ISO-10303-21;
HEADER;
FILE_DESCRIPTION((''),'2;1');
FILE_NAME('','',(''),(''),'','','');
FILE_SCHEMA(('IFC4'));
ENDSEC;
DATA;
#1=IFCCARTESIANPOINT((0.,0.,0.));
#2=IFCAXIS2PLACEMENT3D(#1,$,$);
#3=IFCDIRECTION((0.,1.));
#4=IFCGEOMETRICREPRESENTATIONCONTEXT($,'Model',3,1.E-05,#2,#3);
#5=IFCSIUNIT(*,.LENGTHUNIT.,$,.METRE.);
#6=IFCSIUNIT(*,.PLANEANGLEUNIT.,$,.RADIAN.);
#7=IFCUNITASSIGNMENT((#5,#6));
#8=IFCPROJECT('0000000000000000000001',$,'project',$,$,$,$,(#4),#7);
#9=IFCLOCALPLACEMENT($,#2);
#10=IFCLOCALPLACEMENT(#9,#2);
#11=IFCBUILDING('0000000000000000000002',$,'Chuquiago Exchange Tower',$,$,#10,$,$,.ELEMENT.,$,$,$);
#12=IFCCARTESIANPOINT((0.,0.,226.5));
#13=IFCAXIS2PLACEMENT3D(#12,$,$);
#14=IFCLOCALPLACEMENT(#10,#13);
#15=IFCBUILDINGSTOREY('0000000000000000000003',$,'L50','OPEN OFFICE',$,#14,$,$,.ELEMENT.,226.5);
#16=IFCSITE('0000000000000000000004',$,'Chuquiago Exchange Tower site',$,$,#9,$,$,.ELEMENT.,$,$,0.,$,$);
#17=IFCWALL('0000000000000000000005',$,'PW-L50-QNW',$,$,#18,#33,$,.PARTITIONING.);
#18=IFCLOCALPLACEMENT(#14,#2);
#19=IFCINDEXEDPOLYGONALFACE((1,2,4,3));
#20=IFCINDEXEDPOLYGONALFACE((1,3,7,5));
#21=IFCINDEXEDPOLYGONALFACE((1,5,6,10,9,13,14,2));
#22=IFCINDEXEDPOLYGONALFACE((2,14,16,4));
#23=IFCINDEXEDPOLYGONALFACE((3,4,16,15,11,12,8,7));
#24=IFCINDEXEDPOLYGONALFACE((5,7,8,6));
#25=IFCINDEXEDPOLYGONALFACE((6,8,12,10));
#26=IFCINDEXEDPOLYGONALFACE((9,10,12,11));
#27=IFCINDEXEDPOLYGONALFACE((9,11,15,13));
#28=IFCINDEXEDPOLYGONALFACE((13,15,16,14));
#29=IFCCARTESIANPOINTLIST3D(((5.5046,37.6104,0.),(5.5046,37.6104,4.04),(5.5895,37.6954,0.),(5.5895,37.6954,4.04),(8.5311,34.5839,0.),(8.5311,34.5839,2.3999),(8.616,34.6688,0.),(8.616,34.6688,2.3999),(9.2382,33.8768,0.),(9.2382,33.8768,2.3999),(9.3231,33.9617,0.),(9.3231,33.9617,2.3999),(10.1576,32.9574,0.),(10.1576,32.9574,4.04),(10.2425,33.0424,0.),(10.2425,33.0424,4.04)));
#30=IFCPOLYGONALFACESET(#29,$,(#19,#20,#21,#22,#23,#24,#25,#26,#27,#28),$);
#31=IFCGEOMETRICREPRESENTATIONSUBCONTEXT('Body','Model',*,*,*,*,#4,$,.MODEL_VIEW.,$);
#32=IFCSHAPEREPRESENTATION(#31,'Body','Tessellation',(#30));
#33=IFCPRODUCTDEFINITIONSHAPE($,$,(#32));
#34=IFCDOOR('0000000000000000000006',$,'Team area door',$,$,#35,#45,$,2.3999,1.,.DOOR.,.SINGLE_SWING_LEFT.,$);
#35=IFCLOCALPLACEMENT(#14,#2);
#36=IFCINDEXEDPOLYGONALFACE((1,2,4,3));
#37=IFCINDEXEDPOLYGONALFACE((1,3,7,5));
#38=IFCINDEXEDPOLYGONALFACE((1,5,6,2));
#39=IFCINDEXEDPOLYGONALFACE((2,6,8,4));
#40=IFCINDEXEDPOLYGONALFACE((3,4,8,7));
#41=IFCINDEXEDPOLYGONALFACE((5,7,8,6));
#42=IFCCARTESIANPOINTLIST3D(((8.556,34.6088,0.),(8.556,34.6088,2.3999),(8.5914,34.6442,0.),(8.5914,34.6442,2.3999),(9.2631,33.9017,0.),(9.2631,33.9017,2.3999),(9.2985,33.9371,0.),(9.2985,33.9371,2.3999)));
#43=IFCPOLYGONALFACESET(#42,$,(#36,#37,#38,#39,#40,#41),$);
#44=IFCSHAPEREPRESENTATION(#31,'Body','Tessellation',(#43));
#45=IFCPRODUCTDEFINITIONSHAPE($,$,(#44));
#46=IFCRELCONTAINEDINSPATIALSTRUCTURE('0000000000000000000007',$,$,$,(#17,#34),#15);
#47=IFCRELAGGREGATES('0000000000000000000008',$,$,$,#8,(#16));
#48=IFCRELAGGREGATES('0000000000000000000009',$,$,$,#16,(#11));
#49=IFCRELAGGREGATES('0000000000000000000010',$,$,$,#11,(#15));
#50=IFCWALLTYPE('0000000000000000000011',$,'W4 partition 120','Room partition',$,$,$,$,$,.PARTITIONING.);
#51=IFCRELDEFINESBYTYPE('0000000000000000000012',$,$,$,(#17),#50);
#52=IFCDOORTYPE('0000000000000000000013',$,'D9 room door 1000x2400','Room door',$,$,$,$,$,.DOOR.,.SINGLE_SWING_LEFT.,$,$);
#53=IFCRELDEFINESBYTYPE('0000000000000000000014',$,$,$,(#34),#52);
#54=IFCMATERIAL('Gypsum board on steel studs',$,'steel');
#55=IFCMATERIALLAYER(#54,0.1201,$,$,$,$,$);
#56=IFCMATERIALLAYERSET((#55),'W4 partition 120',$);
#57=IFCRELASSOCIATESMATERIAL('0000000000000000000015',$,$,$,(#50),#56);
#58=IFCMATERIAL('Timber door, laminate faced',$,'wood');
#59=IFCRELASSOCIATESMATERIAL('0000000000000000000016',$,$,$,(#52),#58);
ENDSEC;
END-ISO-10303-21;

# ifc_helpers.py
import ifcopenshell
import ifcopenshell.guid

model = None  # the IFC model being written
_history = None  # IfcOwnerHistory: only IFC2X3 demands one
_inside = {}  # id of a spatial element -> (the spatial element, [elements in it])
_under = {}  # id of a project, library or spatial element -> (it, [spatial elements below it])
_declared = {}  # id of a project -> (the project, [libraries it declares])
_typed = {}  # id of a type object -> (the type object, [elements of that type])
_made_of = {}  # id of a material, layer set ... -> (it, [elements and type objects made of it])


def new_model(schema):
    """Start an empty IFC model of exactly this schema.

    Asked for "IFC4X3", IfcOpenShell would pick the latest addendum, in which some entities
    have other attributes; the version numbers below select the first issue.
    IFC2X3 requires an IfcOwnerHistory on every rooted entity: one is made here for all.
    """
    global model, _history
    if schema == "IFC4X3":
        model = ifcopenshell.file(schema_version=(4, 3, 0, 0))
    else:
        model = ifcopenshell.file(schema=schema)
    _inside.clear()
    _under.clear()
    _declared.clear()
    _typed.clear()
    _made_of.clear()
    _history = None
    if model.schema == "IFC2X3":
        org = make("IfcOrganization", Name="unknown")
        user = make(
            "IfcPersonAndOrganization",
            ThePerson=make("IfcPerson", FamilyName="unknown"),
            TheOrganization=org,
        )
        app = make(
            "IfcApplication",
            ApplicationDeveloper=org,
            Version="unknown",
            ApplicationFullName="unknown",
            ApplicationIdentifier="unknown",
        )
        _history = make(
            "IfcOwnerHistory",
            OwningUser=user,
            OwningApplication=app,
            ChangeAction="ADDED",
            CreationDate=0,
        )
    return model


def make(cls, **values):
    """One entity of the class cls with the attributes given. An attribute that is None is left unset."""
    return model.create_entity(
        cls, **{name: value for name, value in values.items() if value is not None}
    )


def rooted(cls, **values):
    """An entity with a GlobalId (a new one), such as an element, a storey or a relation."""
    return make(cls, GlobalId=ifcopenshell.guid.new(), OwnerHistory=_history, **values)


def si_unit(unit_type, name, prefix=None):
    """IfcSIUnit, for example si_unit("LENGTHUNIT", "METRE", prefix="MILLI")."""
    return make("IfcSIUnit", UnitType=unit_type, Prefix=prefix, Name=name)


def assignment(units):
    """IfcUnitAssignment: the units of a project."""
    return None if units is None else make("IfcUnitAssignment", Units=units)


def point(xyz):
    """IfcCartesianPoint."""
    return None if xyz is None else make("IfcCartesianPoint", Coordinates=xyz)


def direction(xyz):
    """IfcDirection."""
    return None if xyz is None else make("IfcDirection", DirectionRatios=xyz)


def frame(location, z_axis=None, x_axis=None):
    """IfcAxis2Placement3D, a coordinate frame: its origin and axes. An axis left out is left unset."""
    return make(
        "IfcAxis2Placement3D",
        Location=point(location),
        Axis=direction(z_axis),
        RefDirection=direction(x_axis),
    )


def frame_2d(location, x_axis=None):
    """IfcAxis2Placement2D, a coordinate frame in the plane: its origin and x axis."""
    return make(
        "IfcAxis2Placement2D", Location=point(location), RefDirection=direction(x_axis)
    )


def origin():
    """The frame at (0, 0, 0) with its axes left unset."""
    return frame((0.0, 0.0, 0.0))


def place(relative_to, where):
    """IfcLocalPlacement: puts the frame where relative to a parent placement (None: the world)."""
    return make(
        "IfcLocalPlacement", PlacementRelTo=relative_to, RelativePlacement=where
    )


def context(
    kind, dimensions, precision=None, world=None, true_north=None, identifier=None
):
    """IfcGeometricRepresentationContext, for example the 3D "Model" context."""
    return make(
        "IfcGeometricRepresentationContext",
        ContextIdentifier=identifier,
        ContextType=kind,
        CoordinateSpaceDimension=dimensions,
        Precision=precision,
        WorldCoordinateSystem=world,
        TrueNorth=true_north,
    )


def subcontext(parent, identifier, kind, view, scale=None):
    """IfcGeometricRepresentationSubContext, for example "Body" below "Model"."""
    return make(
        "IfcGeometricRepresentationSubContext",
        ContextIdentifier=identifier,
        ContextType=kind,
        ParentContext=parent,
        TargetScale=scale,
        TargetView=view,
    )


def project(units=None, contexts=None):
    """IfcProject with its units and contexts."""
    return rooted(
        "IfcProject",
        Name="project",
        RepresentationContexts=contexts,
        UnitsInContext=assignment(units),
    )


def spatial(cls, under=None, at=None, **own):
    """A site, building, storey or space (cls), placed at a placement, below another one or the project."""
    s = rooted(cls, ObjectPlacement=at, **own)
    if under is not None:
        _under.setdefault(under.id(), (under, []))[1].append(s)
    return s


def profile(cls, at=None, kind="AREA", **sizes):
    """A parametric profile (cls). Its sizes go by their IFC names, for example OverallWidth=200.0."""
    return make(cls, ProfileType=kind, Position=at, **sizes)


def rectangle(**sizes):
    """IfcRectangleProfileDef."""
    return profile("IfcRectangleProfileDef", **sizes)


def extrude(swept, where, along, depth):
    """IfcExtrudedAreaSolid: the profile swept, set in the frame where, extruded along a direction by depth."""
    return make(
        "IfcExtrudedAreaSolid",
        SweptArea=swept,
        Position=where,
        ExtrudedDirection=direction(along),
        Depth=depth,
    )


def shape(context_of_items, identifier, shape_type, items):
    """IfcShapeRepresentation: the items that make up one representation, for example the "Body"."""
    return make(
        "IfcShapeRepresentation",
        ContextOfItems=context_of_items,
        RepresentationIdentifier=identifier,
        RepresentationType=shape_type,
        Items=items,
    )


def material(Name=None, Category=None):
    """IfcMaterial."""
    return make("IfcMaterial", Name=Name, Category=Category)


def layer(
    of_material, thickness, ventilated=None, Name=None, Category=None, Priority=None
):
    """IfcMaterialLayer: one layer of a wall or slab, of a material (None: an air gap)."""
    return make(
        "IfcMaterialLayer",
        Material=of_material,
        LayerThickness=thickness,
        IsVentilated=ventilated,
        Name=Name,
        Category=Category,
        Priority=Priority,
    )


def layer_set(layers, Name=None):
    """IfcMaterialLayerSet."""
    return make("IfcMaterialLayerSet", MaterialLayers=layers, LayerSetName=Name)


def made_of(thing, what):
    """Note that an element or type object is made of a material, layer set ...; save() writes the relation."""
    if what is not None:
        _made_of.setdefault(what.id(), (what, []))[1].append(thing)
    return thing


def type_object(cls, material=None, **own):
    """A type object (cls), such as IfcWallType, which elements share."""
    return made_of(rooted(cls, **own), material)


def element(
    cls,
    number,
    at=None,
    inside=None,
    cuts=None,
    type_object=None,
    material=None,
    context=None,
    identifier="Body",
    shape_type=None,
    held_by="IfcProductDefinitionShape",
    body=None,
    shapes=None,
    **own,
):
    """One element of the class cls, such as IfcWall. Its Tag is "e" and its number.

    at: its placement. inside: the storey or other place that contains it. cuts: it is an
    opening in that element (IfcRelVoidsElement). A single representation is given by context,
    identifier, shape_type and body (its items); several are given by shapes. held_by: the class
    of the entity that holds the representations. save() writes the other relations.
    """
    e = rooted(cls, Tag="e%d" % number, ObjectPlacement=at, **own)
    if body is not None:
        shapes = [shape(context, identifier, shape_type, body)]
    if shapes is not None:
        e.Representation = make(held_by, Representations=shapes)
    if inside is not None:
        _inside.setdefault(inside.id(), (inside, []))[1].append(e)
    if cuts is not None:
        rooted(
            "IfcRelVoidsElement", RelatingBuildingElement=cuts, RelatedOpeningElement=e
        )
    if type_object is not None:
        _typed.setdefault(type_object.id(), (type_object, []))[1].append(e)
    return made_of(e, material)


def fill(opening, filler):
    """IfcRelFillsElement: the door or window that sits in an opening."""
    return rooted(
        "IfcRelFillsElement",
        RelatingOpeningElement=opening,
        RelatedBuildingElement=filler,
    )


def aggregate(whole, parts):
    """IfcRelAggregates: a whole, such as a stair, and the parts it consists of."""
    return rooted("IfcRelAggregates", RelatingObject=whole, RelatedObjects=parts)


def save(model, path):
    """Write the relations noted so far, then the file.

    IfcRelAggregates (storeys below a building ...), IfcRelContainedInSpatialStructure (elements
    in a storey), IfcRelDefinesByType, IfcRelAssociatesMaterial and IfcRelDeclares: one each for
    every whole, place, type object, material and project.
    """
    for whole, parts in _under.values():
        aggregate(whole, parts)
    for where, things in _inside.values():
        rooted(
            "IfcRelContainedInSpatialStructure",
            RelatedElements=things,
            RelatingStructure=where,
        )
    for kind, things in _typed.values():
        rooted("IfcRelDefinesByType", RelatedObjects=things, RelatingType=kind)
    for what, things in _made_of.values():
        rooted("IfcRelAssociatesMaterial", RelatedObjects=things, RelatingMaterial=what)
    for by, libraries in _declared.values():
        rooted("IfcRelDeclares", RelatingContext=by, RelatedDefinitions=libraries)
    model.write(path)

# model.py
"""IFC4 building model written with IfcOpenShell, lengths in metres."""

from ifc_helpers import new_model, si_unit, direction, frame, frame_2d, origin, place, context, subcontext, project, spatial, rectangle, extrude, material, layer, layer_set, type_object, element, fill, save


model = new_model("IFC4")

# Units and contexts
model_context = context("Model", 3, precision=1e-05, world=origin(), true_north=direction((0.0, 1.0)))
body_context = subcontext(model_context, "Body", "Model", "MODEL_VIEW")
ifc_project = project(units=[si_unit("LENGTHUNIT", "METRE"), si_unit("PLANEANGLEUNIT", "RADIAN")], contexts=[model_context])

# Site, building, storey
site_placement = place(None, origin())
site = spatial("IfcSite", under=ifc_project, at=site_placement, Name="Chuquiago Exchange Tower site", CompositionType="ELEMENT", RefElevation=0.0)
building_placement = place(site_placement, origin())
building = spatial("IfcBuilding", under=site, at=building_placement, Name="Chuquiago Exchange Tower", CompositionType="ELEMENT")
storey_placement = place(building_placement, frame((0.0, 0.0, 226.5)))
storey = spatial("IfcBuildingStorey", under=building, at=storey_placement, Name="L50", Description="OPEN OFFICE", CompositionType="ELEMENT", Elevation=226.5)

# Shared definitions
ifc_material_1 = material(Name="Gypsum board on steel studs", Category="steel")
ifc_layer_1 = layer(ifc_material_1, 0.1201)
ifc_layer_set_1 = layer_set([ifc_layer_1], Name="W4 partition 120")
wall_type_1 = type_object("IfcWallType", Name="W4 partition 120", Description="Room partition", PredefinedType="PARTITIONING", material=ifc_layer_set_1)

# Wall, opening, door
wall_1_placement = place(storey_placement, frame((10.2, 33.0, 0.0), z_axis=(0.0, 0.0, 1.0), x_axis=(-0.707107, 0.707107, 0.0)))
wall_1 = element("IfcWall", 1, at=wall_1_placement, inside=storey, type_object=wall_type_1, Name="PW-L50-QNW", PredefinedType="PARTITIONING", context=body_context, shape_type="SweptSolid", body=[
    extrude(rectangle(XDim=6.5803, YDim=0.1201, at=frame_2d((3.29, 0.0))), origin(), (0.0, 0.0, 1.0), 4.04),
])
opening_placement = place(wall_1_placement, frame((1.3, 0.0, 0.0)))
opening = element("IfcOpeningElement", 2, at=opening_placement, cuts=wall_1, PredefinedType="OPENING", context=body_context, shape_type="SweptSolid", body=[
    extrude(rectangle(XDim=1.0, YDim=2.3999, at=frame_2d((0.5, 1.2))), frame((0.0, 0.0701, 0.0), z_axis=(0.0, -1.0, 0.0), x_axis=(1.0, 0.0, 0.0)), (0.0, 0.0, 1.0), 0.1401),
])
ifc_material_2 = material(Name="Timber door, laminate faced", Category="wood")
door_type = type_object("IfcDoorType", Name="D9 room door 1000x2400", Description="Room door", OperationType="SINGLE_SWING_LEFT", PredefinedType="DOOR", material=ifc_material_2)
door_placement = place(opening_placement, origin())
door = element("IfcDoor", 3, at=door_placement, inside=storey, type_object=door_type, Name="Team area door", OperationType="SINGLE_SWING_LEFT", OverallHeight=2.3999, OverallWidth=1.0, PredefinedType="DOOR", context=body_context, shape_type="SweptSolid", body=[
    extrude(rectangle(XDim=1.0, YDim=2.3999, at=frame_2d((0.5, 1.2))), frame((0.0, 0.0249, 0.0), z_axis=(0.0, -1.0, 0.0), x_axis=(1.0, 0.0, 0.0)), (0.0, 0.0, 1.0), 0.05),
])
fill(opening, door)

save(model, "model.ifc")
